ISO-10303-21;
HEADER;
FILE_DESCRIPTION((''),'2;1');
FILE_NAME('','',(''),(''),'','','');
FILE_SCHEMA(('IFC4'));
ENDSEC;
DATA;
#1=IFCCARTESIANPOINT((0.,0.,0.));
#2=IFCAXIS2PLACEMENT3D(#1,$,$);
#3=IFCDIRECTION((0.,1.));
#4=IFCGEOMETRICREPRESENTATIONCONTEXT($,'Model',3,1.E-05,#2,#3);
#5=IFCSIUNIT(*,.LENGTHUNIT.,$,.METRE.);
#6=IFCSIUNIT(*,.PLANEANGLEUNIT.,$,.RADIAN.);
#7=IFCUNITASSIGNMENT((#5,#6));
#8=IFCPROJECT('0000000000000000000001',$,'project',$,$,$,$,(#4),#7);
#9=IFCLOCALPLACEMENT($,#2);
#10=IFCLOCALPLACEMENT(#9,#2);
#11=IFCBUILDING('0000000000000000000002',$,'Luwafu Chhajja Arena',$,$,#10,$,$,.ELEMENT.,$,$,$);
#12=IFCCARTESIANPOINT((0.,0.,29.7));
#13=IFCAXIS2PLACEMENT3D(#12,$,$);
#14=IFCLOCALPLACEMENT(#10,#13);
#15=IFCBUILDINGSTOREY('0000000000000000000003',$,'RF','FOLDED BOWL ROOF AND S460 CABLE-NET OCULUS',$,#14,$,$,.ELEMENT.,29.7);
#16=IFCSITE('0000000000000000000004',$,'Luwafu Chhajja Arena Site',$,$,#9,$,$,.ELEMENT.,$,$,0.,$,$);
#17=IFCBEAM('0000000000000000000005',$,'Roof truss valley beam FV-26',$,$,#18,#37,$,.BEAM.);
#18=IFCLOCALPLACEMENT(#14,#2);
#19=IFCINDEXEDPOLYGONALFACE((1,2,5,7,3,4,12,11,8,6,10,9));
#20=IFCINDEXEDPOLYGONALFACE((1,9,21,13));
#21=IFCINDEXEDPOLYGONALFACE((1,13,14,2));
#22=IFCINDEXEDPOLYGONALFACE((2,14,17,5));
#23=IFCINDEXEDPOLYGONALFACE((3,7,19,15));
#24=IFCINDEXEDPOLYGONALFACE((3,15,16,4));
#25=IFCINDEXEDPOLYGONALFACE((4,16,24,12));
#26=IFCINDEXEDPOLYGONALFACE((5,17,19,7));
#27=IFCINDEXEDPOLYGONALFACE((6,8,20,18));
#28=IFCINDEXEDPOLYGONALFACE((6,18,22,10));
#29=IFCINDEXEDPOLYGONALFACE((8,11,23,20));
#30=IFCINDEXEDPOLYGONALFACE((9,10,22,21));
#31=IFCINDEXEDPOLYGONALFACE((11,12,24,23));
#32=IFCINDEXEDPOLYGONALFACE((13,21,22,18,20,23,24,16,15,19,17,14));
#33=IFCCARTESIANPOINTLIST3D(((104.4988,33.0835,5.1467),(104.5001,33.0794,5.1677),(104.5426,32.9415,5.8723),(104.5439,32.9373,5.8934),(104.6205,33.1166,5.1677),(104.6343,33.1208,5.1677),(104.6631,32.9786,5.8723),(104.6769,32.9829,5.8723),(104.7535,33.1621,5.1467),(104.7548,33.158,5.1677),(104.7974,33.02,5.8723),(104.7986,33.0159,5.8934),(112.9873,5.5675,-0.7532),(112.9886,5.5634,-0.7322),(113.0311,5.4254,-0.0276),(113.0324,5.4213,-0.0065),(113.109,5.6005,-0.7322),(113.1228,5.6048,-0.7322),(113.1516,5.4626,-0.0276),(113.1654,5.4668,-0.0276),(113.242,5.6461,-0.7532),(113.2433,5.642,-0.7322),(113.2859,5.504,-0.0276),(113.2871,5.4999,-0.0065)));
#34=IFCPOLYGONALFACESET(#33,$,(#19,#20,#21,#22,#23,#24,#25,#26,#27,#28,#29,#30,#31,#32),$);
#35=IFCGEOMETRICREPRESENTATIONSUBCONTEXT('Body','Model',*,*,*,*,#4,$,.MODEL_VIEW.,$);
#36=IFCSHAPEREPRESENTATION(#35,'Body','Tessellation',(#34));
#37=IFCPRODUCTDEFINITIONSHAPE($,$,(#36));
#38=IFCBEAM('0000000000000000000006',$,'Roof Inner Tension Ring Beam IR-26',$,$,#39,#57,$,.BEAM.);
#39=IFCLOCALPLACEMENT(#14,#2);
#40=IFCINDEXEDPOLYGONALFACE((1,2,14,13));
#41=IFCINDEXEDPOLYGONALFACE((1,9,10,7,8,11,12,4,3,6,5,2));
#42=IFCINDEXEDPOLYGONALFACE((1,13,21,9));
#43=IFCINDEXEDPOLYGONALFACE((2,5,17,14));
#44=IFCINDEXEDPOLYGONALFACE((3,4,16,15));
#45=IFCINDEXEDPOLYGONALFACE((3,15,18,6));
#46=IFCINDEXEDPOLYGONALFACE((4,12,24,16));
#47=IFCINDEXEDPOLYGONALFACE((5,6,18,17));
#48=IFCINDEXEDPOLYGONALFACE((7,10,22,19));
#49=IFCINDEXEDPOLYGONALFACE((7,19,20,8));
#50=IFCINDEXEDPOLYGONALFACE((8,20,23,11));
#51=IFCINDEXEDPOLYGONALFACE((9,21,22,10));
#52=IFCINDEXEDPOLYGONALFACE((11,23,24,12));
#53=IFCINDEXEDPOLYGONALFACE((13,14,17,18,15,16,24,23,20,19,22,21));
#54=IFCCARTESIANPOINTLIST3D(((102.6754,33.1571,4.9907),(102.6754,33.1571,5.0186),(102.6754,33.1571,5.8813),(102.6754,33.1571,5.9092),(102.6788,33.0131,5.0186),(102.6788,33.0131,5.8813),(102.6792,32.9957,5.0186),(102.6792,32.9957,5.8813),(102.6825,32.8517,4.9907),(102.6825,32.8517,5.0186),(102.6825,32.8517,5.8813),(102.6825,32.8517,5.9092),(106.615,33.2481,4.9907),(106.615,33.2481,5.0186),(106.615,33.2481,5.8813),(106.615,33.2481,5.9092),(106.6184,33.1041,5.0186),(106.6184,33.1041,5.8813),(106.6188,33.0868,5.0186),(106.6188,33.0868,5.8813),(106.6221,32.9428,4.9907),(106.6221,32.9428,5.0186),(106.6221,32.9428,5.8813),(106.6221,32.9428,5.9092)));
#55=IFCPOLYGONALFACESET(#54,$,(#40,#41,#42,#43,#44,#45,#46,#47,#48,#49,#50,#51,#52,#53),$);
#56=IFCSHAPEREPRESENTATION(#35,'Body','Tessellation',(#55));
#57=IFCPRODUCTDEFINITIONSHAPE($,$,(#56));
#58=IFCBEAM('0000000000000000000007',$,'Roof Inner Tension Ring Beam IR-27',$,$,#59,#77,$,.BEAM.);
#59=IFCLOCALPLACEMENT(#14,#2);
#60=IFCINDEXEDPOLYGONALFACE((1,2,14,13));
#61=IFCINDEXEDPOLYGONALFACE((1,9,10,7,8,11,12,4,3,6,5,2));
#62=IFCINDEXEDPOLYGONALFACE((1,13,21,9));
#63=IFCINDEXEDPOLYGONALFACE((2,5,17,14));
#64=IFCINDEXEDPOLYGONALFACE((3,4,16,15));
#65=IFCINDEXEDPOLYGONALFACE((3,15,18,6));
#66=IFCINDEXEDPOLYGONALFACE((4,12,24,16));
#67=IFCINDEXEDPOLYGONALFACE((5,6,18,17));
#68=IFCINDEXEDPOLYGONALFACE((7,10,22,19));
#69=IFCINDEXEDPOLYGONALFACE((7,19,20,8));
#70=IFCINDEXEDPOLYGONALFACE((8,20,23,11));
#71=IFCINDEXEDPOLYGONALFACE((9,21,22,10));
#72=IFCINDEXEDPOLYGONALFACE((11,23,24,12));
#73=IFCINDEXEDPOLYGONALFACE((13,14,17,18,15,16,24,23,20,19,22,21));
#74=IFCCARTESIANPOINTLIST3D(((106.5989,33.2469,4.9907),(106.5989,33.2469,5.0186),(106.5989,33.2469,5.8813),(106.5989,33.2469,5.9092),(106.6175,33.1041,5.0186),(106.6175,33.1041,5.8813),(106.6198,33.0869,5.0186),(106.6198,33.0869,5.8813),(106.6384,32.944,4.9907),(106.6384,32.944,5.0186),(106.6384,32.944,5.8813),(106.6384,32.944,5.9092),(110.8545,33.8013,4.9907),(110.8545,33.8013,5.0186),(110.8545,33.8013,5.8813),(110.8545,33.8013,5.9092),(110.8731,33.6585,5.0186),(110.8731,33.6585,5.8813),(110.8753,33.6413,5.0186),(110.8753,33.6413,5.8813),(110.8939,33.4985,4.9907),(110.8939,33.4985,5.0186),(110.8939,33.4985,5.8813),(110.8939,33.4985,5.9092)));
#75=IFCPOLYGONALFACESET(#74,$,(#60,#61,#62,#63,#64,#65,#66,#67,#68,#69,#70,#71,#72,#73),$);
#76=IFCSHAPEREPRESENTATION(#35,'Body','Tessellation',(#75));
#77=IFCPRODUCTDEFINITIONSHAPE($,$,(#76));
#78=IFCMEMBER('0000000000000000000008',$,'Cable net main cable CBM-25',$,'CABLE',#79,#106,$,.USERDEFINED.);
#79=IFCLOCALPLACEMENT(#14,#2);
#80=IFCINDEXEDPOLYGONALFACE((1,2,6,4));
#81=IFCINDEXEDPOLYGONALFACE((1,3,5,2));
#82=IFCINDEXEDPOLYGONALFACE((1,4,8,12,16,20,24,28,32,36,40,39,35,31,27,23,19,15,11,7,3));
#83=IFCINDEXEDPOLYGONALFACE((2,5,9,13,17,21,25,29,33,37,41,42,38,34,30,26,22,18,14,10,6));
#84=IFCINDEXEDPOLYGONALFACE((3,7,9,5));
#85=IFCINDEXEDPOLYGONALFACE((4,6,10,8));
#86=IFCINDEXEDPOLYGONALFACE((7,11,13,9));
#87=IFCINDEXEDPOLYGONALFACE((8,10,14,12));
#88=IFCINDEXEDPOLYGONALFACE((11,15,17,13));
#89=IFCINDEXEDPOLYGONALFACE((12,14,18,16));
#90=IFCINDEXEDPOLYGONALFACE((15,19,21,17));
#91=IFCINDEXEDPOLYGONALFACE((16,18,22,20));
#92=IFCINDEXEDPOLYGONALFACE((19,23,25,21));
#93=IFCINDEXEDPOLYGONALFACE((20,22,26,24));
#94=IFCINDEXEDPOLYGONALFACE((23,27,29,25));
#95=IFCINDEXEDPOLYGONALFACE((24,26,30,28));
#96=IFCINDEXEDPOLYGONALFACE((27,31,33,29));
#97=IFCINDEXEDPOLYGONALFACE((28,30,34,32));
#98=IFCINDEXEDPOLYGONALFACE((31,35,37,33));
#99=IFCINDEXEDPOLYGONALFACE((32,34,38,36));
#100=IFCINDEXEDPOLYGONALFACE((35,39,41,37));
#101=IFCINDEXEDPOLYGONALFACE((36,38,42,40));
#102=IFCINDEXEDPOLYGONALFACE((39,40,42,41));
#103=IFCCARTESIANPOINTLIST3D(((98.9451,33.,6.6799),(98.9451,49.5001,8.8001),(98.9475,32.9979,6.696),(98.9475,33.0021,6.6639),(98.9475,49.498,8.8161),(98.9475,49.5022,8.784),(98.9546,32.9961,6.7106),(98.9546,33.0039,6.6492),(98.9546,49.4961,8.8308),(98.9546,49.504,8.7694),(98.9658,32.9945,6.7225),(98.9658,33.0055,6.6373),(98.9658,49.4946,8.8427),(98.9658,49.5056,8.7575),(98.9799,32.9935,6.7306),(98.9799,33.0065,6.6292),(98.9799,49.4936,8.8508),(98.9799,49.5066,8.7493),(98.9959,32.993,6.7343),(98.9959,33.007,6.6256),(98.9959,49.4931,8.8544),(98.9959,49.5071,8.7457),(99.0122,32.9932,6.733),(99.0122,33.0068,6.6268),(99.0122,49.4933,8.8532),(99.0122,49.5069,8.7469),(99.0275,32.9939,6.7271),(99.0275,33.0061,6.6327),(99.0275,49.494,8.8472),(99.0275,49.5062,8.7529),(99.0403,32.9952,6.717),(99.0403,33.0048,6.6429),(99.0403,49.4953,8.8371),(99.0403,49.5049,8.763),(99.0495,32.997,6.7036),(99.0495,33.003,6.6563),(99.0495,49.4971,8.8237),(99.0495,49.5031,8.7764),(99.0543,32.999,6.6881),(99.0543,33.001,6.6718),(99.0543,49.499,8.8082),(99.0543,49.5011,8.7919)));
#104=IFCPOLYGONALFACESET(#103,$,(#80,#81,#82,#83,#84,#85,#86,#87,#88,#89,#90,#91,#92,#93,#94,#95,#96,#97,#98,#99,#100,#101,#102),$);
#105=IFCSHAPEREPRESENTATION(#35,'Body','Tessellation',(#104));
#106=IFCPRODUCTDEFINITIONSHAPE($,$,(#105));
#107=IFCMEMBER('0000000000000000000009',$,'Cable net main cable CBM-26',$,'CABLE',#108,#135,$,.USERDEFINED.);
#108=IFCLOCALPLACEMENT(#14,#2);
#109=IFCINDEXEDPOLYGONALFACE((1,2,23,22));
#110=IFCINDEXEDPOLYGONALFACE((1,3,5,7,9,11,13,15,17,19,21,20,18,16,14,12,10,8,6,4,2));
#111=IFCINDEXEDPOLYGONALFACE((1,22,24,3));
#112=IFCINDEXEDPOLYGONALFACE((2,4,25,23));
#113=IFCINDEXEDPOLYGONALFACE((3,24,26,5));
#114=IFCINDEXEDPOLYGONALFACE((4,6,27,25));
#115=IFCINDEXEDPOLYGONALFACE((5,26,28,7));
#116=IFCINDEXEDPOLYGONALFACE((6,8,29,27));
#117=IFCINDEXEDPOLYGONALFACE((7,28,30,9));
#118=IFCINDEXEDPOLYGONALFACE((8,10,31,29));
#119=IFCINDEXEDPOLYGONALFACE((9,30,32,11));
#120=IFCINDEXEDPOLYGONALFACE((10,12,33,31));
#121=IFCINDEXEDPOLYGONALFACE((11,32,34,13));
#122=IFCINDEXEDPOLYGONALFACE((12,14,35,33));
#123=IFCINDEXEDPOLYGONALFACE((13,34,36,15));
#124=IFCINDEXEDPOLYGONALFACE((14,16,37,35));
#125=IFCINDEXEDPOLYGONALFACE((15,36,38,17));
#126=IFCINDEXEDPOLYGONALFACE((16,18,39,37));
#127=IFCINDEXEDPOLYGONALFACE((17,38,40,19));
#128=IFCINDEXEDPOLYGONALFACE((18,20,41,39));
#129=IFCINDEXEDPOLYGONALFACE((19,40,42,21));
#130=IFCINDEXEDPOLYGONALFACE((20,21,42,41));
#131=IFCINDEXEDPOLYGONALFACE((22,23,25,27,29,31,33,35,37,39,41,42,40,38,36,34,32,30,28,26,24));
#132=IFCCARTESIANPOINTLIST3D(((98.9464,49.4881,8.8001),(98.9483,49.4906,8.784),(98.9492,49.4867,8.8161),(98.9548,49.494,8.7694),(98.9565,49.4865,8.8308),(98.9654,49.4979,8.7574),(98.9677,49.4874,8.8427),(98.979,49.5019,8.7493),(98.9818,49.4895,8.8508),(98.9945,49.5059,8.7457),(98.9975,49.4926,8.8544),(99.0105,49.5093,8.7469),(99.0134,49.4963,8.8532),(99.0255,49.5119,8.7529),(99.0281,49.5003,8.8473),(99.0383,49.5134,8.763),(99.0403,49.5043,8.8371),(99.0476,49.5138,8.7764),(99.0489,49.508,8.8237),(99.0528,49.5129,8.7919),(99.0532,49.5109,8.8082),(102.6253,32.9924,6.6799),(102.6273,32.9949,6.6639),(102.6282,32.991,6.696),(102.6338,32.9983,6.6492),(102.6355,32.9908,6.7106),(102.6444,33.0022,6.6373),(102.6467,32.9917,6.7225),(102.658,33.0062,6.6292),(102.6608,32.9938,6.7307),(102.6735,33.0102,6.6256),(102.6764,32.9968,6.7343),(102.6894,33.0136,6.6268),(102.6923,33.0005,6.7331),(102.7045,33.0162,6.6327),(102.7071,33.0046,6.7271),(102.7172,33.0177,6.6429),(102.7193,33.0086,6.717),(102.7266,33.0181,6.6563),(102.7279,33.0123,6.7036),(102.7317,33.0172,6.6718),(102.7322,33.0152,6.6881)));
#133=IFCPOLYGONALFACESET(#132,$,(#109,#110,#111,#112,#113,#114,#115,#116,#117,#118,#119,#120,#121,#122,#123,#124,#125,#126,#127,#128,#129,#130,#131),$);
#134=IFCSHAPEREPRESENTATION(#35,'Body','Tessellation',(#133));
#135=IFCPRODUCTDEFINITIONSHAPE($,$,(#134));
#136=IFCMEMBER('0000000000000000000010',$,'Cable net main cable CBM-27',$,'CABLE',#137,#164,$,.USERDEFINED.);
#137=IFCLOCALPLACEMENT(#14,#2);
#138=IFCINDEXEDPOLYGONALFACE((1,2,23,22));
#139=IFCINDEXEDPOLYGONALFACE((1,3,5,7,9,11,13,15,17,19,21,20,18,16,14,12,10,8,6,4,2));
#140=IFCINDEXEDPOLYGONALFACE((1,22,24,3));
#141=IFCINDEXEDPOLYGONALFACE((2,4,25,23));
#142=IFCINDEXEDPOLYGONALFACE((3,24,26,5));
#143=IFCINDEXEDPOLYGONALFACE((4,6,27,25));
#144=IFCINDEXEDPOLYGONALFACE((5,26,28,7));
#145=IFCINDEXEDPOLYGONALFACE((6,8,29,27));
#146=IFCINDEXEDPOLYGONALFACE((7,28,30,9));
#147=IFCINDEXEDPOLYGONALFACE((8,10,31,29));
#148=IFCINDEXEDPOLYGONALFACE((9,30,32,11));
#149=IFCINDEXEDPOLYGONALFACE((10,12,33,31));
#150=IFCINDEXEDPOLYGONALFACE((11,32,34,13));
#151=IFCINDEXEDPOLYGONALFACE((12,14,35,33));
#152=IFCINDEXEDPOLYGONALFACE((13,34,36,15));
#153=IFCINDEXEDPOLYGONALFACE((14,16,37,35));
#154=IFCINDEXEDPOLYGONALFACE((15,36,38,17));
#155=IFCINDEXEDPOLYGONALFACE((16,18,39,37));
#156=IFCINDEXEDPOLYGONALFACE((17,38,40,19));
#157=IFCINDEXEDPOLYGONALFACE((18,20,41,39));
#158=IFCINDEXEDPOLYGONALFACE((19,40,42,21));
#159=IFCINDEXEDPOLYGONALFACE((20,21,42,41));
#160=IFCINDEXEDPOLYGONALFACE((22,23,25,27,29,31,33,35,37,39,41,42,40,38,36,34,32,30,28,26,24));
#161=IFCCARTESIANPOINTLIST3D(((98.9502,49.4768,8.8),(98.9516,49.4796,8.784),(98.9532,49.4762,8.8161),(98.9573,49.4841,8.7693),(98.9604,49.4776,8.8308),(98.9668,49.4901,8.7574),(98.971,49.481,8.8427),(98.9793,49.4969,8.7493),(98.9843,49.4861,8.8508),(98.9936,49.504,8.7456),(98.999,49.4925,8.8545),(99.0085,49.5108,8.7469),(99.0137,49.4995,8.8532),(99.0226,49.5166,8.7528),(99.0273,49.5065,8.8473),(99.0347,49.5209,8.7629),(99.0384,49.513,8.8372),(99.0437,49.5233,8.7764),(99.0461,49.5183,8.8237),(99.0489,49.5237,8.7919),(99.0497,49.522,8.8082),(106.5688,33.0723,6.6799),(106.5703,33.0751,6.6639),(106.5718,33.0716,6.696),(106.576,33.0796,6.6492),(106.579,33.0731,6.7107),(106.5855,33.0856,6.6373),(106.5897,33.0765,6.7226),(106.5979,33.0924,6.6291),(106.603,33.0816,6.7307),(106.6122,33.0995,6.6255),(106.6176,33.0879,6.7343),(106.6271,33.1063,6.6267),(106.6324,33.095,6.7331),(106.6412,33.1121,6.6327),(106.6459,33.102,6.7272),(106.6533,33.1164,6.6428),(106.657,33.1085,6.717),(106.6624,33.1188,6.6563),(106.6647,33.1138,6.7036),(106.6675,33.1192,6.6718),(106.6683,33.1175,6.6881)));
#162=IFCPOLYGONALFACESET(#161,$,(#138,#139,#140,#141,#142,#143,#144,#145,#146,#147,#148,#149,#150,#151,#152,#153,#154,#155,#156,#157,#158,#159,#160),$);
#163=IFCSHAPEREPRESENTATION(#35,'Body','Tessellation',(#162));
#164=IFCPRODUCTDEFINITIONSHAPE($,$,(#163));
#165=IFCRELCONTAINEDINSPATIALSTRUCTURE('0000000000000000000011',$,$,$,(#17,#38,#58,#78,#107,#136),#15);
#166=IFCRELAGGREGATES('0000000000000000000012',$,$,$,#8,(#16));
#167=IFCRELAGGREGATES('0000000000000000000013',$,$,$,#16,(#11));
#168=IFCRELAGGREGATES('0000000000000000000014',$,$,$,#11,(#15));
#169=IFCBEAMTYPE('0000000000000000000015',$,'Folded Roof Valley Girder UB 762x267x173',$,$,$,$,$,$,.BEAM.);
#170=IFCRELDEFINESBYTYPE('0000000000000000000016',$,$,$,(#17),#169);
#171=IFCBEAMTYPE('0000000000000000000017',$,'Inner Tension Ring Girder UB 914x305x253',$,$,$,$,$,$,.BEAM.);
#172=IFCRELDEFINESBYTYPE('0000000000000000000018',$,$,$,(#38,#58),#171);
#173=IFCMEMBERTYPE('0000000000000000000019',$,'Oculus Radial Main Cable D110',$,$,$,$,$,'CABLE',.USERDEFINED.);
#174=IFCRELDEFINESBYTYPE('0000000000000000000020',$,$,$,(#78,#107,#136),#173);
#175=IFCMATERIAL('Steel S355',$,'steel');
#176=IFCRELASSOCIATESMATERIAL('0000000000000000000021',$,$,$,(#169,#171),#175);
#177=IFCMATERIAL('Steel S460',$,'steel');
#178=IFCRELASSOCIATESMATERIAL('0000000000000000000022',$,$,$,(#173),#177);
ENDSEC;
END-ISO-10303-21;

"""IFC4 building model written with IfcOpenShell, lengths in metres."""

from ifc_helpers import new_model, si_unit, direction, frame, origin, origin_2d, place, context, subcontext, project, spatial, circle, i_section, extrude, material, material_profile, profile_set, type_object, element, save


model = new_model("IFC4")

# Units and contexts
model_context = context("Model", 3, precision=1e-05, world=origin(), true_north=direction((0.0, 1.0)))
body_context = subcontext(model_context, "Body", "Model", "MODEL_VIEW")
ifc_project = project(units=[si_unit("LENGTHUNIT", "METRE"), si_unit("PLANEANGLEUNIT", "RADIAN")], contexts=[model_context])

# Site, building, storey
site_placement = place(None, origin())
site = spatial("IfcSite", under=ifc_project, at=site_placement, Name="Luwafu Chhajja Arena Site", CompositionType="ELEMENT", RefElevation=0.0)
building_placement = place(site_placement, origin())
building = spatial("IfcBuilding", under=site, at=building_placement, Name="Luwafu Chhajja Arena", CompositionType="ELEMENT")
storey_placement = place(building_placement, frame((0.0, 0.0, 29.7)))
storey = spatial("IfcBuildingStorey", under=building, at=storey_placement, Name="RF", Description="FOLDED BOWL ROOF AND S460 CABLE-NET OCULUS", CompositionType="ELEMENT", Elevation=29.7)

# Shared definitions
ifc_material_1 = material(Name="Steel S355", Category="steel")

# Beams
ifc_material_profile_1 = material_profile(ifc_material_1, i_section(OverallWidth=0.2666, OverallDepth=0.7622, WebThickness=0.0144, FlangeThickness=0.0215, at=origin_2d()), Name="UB 762x267x173")
ifc_profile_set_1 = profile_set([ifc_material_profile_1], Name="Steel S355")
beam_type_1 = type_object("IfcBeamType", Name="Folded Roof Valley Girder UB 762x267x173", PredefinedType="BEAM", material=ifc_profile_set_1)
beam_1_placement = place(storey_placement, frame((113.1372, 5.5337, -0.3799), z_axis=(-0.288785, 0.936117, 0.200719), x_axis=(-0.955564, -0.294785, 0.0)))
element("IfcBeam", 1, at=beam_1_placement, inside=storey, type_object=beam_type_1, Name="Roof truss valley beam FV-26", PredefinedType="BEAM", context=body_context, shape_type="SweptSolid", body=[
    extrude(i_section(OverallWidth=0.2666, OverallDepth=0.7622, WebThickness=0.0144, FlangeThickness=0.0215, at=origin_2d()), origin(), (0.0, 0.0, 1.0), 29.3938),
])
ifc_material_profile_2 = material_profile(ifc_material_1, i_section(OverallWidth=0.3054, OverallDepth=0.9185, WebThickness=0.0173, FlangeThickness=0.0278, at=origin_2d()), Name="UB 914x305x253")
ifc_profile_set_2 = profile_set([ifc_material_profile_2], Name="Steel S355")
beam_type_2 = type_object("IfcBeamType", Name="Inner Tension Ring Girder UB 914x305x253", PredefinedType="BEAM", material=ifc_profile_set_2)
beam_2_placement = place(storey_placement, frame((102.679, 33.0044, 5.45), z_axis=(0.999733, 0.023108, 0.0), x_axis=(-0.023108, 0.999733, 0.0)))
element("IfcBeam", 2, at=beam_2_placement, inside=storey, type_object=beam_type_2, Name="Roof Inner Tension Ring Beam IR-26", PredefinedType="BEAM", context=body_context, shape_type="SweptSolid", body=[
    extrude(i_section(OverallWidth=0.3054, OverallDepth=0.9185, WebThickness=0.0173, FlangeThickness=0.0278, at=origin_2d()), origin(), (0.0, 0.0, 1.0), 3.9407),
])
beam_3_placement = place(storey_placement, frame((106.6187, 33.0955, 5.45), z_axis=(0.991619, 0.129193, 0.0), x_axis=(-0.129193, 0.991619, 0.0)))
element("IfcBeam", 3, at=beam_3_placement, inside=storey, type_object=beam_type_2, Name="Roof Inner Tension Ring Beam IR-27", PredefinedType="BEAM", context=body_context, shape_type="SweptSolid", body=[
    extrude(i_section(OverallWidth=0.3054, OverallDepth=0.9185, WebThickness=0.0173, FlangeThickness=0.0278, at=origin_2d()), origin(), (0.0, 0.0, 1.0), 4.2915),
])

# Members
ifc_material_2 = material(Name="Steel S460", Category="steel")
ifc_material_profile_3 = material_profile(ifc_material_2, circle(Radius=0.0549, at=origin_2d()), Name="CABLE D110")
ifc_profile_set_3 = profile_set([ifc_material_profile_3], Name="Steel S460")
member_type_1 = type_object("IfcMemberType", Name="Oculus Radial Main Cable D110", ElementType="CABLE", PredefinedType="USERDEFINED", material=ifc_profile_set_3)
member_1_placement = place(storey_placement, frame((99.0, 33.0, 6.6799), z_axis=(0.0, 0.991846, 0.127444), x_axis=(-1.0, 0.0, 0.0)))
element("IfcMember", 4, at=member_1_placement, inside=storey, type_object=member_type_1, Name="Cable net main cable CBM-25", ObjectType="CABLE", PredefinedType="USERDEFINED", context=body_context, shape_type="SweptSolid", body=[
    extrude(circle(Radius=0.0549, at=origin_2d()), origin(), (0.0, 0.0, 1.0), 16.6357),
])
member_2_placement = place(storey_placement, frame((102.679, 33.0044, 6.6799), z_axis=(-0.215986, 0.968431, 0.124469), x_axis=(-0.976021, -0.217678, 0.0)))
element("IfcMember", 5, at=member_2_placement, inside=storey, type_object=member_type_1, Name="Cable net main cable CBM-26", ObjectType="CABLE", PredefinedType="USERDEFINED", context=body_context, shape_type="SweptSolid", body=[
    extrude(circle(Radius=0.0549, at=origin_2d()), origin(), (0.0, 0.0, 1.0), 17.0334),
])
member_3_placement = place(storey_placement, frame((106.6187, 33.0955, 6.6799), z_axis=(-0.41835, 0.900794, 0.116418), x_axis=(-0.906961, -0.421214, 0.0)))
element("IfcMember", 6, at=member_3_placement, inside=storey, type_object=member_type_1, Name="Cable net main cable CBM-27", ObjectType="CABLE", PredefinedType="USERDEFINED", context=body_context, shape_type="SweptSolid", body=[
    extrude(circle(Radius=0.0549, at=origin_2d()), origin(), (0.0, 0.0, 1.0), 18.2112),
])

save(model, "model.ifc")
